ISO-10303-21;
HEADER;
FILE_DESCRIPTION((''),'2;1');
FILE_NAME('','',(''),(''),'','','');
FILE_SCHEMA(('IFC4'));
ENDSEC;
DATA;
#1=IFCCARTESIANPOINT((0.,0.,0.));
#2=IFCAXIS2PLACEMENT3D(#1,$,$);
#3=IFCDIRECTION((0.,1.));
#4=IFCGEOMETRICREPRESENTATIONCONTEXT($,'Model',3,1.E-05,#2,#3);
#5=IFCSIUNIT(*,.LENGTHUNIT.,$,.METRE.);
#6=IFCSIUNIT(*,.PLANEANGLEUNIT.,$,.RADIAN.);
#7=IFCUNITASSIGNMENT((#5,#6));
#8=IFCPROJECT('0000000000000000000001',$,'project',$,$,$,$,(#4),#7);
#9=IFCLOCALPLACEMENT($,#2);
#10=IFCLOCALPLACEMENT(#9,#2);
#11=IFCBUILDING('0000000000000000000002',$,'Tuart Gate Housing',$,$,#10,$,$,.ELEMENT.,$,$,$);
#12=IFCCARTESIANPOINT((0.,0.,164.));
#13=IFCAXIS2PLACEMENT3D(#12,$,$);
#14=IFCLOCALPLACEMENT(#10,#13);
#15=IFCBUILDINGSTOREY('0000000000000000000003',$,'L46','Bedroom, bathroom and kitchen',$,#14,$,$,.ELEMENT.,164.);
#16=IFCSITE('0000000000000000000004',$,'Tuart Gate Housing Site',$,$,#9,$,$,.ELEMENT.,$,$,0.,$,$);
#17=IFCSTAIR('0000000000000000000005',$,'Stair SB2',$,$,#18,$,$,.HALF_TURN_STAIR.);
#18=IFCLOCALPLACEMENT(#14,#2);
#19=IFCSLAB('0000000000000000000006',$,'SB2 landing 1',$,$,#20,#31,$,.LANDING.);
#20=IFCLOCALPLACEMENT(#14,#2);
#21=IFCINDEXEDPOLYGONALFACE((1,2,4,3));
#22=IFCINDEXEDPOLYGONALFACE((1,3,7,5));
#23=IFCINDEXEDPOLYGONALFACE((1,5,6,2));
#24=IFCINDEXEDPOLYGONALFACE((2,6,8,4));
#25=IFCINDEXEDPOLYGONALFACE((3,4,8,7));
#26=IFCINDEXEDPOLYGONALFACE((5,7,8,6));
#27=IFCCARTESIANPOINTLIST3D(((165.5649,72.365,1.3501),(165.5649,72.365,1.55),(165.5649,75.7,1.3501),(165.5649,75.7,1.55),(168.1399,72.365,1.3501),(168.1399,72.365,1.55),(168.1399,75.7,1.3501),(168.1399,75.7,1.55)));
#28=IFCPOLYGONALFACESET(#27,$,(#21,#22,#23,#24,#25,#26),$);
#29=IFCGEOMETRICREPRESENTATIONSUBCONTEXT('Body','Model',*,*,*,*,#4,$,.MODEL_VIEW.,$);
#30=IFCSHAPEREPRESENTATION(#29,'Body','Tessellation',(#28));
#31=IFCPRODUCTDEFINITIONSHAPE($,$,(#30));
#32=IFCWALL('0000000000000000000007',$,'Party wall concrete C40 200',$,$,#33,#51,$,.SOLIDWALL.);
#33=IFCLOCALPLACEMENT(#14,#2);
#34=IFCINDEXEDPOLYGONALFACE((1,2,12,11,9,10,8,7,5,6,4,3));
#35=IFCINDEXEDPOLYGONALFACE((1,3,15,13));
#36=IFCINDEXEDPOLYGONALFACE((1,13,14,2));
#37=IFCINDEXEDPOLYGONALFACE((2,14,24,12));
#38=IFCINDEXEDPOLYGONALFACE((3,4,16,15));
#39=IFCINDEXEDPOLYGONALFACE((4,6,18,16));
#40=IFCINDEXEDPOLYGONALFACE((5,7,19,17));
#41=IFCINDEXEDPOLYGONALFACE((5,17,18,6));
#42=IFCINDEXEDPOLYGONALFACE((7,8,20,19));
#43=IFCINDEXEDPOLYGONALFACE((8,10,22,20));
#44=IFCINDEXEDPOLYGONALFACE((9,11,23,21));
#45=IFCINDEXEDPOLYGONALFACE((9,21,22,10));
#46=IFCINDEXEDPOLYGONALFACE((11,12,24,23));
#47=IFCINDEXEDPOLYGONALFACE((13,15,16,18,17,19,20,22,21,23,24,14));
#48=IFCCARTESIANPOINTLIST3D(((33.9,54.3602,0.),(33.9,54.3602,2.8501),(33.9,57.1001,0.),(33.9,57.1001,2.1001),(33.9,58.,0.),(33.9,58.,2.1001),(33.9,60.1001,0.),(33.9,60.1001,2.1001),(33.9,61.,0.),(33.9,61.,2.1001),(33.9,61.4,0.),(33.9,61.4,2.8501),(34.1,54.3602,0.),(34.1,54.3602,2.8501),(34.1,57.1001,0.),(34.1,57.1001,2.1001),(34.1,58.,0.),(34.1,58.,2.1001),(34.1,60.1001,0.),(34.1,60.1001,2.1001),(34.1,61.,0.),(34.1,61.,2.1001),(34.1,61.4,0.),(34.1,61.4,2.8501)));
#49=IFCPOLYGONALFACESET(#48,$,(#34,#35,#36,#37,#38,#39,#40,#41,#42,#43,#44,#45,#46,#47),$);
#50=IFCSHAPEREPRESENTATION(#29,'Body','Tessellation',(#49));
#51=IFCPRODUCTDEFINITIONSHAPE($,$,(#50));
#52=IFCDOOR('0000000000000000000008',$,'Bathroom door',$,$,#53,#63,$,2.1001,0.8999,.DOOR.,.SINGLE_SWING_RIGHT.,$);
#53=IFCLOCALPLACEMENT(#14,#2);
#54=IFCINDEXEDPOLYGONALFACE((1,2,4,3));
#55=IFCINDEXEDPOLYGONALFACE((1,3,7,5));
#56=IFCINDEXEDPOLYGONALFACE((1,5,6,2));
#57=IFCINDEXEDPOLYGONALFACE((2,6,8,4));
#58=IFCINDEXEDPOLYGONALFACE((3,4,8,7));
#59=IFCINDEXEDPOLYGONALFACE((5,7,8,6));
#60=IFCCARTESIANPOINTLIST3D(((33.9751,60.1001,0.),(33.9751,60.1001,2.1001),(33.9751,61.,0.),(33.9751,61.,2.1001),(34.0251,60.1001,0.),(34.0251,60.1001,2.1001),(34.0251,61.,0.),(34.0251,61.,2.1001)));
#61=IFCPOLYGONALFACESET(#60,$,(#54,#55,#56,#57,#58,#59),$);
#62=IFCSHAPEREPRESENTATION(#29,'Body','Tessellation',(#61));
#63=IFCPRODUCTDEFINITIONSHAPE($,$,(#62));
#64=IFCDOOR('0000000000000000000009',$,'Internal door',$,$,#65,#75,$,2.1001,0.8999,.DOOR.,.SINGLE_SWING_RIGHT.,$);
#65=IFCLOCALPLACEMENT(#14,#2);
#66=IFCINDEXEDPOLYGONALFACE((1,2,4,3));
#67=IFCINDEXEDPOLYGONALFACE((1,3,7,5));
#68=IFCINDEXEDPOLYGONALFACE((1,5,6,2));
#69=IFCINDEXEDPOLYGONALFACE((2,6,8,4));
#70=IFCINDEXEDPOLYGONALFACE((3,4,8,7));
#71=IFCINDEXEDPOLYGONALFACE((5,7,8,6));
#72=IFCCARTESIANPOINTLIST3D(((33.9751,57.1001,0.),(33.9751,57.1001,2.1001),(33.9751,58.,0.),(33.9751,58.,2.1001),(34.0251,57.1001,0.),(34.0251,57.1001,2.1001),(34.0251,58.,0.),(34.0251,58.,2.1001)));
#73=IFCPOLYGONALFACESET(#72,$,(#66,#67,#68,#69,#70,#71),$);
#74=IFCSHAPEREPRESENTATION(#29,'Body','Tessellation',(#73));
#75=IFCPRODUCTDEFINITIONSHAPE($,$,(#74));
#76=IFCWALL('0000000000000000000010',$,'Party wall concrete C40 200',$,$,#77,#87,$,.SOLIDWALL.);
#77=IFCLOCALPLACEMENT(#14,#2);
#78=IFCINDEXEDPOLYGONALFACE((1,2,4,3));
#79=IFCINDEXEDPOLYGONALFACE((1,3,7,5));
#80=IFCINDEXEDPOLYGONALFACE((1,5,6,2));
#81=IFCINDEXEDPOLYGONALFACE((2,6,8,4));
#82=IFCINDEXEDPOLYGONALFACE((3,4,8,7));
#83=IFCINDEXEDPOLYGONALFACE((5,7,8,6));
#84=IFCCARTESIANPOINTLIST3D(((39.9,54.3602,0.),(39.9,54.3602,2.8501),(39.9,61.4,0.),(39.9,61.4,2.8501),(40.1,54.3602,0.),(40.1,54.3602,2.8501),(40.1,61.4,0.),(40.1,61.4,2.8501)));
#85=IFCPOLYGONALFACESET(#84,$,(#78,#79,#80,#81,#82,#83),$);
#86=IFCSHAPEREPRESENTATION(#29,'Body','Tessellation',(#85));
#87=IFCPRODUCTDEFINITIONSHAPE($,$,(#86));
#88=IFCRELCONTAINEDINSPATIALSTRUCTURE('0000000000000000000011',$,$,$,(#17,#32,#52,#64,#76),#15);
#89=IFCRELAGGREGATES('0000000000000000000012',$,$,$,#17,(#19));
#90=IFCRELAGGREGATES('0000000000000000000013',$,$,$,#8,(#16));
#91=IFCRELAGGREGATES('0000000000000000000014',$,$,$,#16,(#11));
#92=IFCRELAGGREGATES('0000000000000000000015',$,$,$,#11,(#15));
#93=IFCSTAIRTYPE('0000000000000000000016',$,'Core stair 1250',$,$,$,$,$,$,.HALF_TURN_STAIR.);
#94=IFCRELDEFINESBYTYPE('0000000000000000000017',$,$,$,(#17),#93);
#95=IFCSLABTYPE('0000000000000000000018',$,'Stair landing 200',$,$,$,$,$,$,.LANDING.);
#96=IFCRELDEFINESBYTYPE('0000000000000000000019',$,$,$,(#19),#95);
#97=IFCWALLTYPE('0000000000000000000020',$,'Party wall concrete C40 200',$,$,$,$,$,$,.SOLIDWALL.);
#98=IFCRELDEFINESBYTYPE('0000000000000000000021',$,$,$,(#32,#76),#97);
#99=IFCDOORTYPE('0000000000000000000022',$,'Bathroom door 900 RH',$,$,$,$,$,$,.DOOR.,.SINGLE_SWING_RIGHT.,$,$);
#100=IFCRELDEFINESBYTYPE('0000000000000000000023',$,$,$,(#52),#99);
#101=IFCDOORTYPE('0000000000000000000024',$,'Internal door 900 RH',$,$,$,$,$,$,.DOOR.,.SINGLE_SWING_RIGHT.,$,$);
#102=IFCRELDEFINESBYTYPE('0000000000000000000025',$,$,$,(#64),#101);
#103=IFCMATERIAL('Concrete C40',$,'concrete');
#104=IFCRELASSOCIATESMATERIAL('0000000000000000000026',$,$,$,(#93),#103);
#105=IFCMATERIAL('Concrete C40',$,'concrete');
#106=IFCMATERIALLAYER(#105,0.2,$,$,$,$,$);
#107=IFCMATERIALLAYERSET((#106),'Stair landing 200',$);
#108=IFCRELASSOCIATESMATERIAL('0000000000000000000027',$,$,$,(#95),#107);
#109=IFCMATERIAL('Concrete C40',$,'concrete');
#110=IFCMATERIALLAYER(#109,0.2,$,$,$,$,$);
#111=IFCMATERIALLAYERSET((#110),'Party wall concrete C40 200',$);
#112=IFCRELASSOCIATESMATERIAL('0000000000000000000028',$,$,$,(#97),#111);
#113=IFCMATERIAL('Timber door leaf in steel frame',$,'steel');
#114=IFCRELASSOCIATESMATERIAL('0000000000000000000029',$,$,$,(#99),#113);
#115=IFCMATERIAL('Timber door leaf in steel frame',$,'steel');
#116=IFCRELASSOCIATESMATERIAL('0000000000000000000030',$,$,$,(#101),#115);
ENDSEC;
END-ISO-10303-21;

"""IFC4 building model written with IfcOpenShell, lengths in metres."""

from ifc_helpers import new_model, si_unit, direction, frame, frame_2d, origin, place, context, subcontext, project, spatial, polyline, rectangle, outline, extrude, material, layer, layer_set, type_object, element, fill, aggregate, save


model = new_model("IFC4")

# Units and contexts
model_context = context("Model", 3, precision=1e-05, world=origin(), true_north=direction((0.0, 1.0)))
body_context = subcontext(model_context, "Body", "Model", "MODEL_VIEW")
ifc_project = project(units=[si_unit("LENGTHUNIT", "METRE"), si_unit("PLANEANGLEUNIT", "RADIAN")], contexts=[model_context])

# Site, building, storey
site_placement = place(None, origin())
site = spatial("IfcSite", under=ifc_project, at=site_placement, Name="Tuart Gate Housing Site", CompositionType="ELEMENT", RefElevation=0.0)
building_placement = place(site_placement, origin())
building = spatial("IfcBuilding", under=site, at=building_placement, Name="Tuart Gate Housing", CompositionType="ELEMENT")
storey_placement = place(building_placement, frame((0.0, 0.0, 164.0)))
storey = spatial("IfcBuildingStorey", under=building, at=storey_placement, Name="L46", Description="Bedroom, bathroom and kitchen", CompositionType="ELEMENT", Elevation=164.0)

# Stair, slab
ifc_material_1 = material(Name="Concrete C40", Category="concrete")
stair_type = type_object("IfcStairType", Name="Core stair 1250", PredefinedType="HALF_TURN_STAIR", material=ifc_material_1)
stair_placement = place(storey_placement, origin())
stair = element("IfcStair", 1, at=stair_placement, inside=storey, type_object=stair_type, Name="Stair SB2", PredefinedType="HALF_TURN_STAIR")
ifc_material_2 = material(Name="Concrete C40", Category="concrete")
ifc_layer_1 = layer(ifc_material_2, 0.2)
ifc_layer_set_1 = layer_set([ifc_layer_1], Name="Stair landing 200")
slab_type = type_object("IfcSlabType", Name="Stair landing 200", PredefinedType="LANDING", material=ifc_layer_set_1)
slab_placement = place(storey_placement, frame((0.0, 0.0, 1.3501)))
slab = element("IfcSlab", 2, at=slab_placement, type_object=slab_type, Name="SB2 landing 1", PredefinedType="LANDING", context=body_context, shape_type="SweptSolid", body=[
    extrude(outline(polyline([(165.5649, 72.365), (168.1399, 72.365), (168.1399, 75.7), (165.5649, 75.7), (165.5649, 72.365)])), origin(), (0.0, 0.0, 1.0), 0.2),
])
aggregate(stair, [slab])

# Wall, openings, doors
ifc_material_3 = material(Name="Concrete C40", Category="concrete")
ifc_layer_2 = layer(ifc_material_3, 0.2)
ifc_layer_set_2 = layer_set([ifc_layer_2], Name="Party wall concrete C40 200")
wall_type_1 = type_object("IfcWallType", Name="Party wall concrete C40 200", PredefinedType="SOLIDWALL", material=ifc_layer_set_2)
wall_1_placement = place(storey_placement, frame((34.0, 54.3601, 0.0), z_axis=(0.0, 0.0, 1.0), x_axis=(0.0, 1.0, 0.0)))
wall_1 = element("IfcWall", 3, at=wall_1_placement, inside=storey, type_object=wall_type_1, Name="Party wall concrete C40 200", PredefinedType="SOLIDWALL", context=body_context, shape_type="SweptSolid", body=[
    extrude(rectangle(XDim=7.0398, YDim=0.2, at=frame_2d((3.52, 0.0))), origin(), (0.0, 0.0, 1.0), 2.8501),
])
opening_1_placement = place(wall_1_placement, frame((2.74, 0.0, 0.0)))
opening_1 = element("IfcOpeningElement", 4, at=opening_1_placement, cuts=wall_1, PredefinedType="OPENING", context=body_context, shape_type="SweptSolid", body=[
    extrude(rectangle(XDim=0.8999, YDim=2.1001, at=frame_2d((0.45, 1.05))), frame((0.0, 0.1099, 0.0), z_axis=(0.0, -1.0, 0.0), x_axis=(1.0, 0.0, 0.0)), (0.0, 0.0, 1.0), 0.22),
])
opening_2_placement = place(wall_1_placement, frame((5.74, 0.0, 0.0)))
opening_2 = element("IfcOpeningElement", 5, at=opening_2_placement, cuts=wall_1, PredefinedType="OPENING", context=body_context, shape_type="SweptSolid", body=[
    extrude(rectangle(XDim=0.8999, YDim=2.1001, at=frame_2d((0.45, 1.05))), frame((0.0, 0.1099, 0.0), z_axis=(0.0, -1.0, 0.0), x_axis=(1.0, 0.0, 0.0)), (0.0, 0.0, 1.0), 0.22),
])
ifc_material_4 = material(Name="Timber door leaf in steel frame", Category="steel")
door_type_1 = type_object("IfcDoorType", Name="Bathroom door 900 RH", OperationType="SINGLE_SWING_RIGHT", PredefinedType="DOOR", material=ifc_material_4)
door_1_placement = place(opening_2_placement, origin())
door_1 = element("IfcDoor", 6, at=door_1_placement, inside=storey, type_object=door_type_1, Name="Bathroom door", OperationType="SINGLE_SWING_RIGHT", OverallHeight=2.1001, OverallWidth=0.8999, PredefinedType="DOOR", context=body_context, shape_type="SweptSolid", body=[
    extrude(rectangle(XDim=0.8999, YDim=2.1001, at=frame_2d((0.45, 1.05))), frame((0.0, 0.0249, 0.0), z_axis=(0.0, -1.0, 0.0), x_axis=(1.0, 0.0, 0.0)), (0.0, 0.0, 1.0), 0.05),
])
fill(opening_2, door_1)
ifc_material_5 = material(Name="Timber door leaf in steel frame", Category="steel")
door_type_2 = type_object("IfcDoorType", Name="Internal door 900 RH", OperationType="SINGLE_SWING_RIGHT", PredefinedType="DOOR", material=ifc_material_5)
door_2_placement = place(opening_1_placement, origin())
door_2 = element("IfcDoor", 7, at=door_2_placement, inside=storey, type_object=door_type_2, Name="Internal door", OperationType="SINGLE_SWING_RIGHT", OverallHeight=2.1001, OverallWidth=0.8999, PredefinedType="DOOR", context=body_context, shape_type="SweptSolid", body=[
    extrude(rectangle(XDim=0.8999, YDim=2.1001, at=frame_2d((0.45, 1.05))), frame((0.0, 0.0249, 0.0), z_axis=(0.0, -1.0, 0.0), x_axis=(1.0, 0.0, 0.0)), (0.0, 0.0, 1.0), 0.05),
])
fill(opening_1, door_2)

# Wall
wall_2_placement = place(storey_placement, frame((40.0, 54.3601, 0.0), z_axis=(0.0, 0.0, 1.0), x_axis=(0.0, 1.0, 0.0)))
element("IfcWall", 8, at=wall_2_placement, inside=storey, type_object=wall_type_1, Name="Party wall concrete C40 200", PredefinedType="SOLIDWALL", context=body_context, shape_type="SweptSolid", body=[
    extrude(rectangle(XDim=7.0398, YDim=0.2, at=frame_2d((3.52, 0.0))), origin(), (0.0, 0.0, 1.0), 2.8501),
])

save(model, "model.ifc")
